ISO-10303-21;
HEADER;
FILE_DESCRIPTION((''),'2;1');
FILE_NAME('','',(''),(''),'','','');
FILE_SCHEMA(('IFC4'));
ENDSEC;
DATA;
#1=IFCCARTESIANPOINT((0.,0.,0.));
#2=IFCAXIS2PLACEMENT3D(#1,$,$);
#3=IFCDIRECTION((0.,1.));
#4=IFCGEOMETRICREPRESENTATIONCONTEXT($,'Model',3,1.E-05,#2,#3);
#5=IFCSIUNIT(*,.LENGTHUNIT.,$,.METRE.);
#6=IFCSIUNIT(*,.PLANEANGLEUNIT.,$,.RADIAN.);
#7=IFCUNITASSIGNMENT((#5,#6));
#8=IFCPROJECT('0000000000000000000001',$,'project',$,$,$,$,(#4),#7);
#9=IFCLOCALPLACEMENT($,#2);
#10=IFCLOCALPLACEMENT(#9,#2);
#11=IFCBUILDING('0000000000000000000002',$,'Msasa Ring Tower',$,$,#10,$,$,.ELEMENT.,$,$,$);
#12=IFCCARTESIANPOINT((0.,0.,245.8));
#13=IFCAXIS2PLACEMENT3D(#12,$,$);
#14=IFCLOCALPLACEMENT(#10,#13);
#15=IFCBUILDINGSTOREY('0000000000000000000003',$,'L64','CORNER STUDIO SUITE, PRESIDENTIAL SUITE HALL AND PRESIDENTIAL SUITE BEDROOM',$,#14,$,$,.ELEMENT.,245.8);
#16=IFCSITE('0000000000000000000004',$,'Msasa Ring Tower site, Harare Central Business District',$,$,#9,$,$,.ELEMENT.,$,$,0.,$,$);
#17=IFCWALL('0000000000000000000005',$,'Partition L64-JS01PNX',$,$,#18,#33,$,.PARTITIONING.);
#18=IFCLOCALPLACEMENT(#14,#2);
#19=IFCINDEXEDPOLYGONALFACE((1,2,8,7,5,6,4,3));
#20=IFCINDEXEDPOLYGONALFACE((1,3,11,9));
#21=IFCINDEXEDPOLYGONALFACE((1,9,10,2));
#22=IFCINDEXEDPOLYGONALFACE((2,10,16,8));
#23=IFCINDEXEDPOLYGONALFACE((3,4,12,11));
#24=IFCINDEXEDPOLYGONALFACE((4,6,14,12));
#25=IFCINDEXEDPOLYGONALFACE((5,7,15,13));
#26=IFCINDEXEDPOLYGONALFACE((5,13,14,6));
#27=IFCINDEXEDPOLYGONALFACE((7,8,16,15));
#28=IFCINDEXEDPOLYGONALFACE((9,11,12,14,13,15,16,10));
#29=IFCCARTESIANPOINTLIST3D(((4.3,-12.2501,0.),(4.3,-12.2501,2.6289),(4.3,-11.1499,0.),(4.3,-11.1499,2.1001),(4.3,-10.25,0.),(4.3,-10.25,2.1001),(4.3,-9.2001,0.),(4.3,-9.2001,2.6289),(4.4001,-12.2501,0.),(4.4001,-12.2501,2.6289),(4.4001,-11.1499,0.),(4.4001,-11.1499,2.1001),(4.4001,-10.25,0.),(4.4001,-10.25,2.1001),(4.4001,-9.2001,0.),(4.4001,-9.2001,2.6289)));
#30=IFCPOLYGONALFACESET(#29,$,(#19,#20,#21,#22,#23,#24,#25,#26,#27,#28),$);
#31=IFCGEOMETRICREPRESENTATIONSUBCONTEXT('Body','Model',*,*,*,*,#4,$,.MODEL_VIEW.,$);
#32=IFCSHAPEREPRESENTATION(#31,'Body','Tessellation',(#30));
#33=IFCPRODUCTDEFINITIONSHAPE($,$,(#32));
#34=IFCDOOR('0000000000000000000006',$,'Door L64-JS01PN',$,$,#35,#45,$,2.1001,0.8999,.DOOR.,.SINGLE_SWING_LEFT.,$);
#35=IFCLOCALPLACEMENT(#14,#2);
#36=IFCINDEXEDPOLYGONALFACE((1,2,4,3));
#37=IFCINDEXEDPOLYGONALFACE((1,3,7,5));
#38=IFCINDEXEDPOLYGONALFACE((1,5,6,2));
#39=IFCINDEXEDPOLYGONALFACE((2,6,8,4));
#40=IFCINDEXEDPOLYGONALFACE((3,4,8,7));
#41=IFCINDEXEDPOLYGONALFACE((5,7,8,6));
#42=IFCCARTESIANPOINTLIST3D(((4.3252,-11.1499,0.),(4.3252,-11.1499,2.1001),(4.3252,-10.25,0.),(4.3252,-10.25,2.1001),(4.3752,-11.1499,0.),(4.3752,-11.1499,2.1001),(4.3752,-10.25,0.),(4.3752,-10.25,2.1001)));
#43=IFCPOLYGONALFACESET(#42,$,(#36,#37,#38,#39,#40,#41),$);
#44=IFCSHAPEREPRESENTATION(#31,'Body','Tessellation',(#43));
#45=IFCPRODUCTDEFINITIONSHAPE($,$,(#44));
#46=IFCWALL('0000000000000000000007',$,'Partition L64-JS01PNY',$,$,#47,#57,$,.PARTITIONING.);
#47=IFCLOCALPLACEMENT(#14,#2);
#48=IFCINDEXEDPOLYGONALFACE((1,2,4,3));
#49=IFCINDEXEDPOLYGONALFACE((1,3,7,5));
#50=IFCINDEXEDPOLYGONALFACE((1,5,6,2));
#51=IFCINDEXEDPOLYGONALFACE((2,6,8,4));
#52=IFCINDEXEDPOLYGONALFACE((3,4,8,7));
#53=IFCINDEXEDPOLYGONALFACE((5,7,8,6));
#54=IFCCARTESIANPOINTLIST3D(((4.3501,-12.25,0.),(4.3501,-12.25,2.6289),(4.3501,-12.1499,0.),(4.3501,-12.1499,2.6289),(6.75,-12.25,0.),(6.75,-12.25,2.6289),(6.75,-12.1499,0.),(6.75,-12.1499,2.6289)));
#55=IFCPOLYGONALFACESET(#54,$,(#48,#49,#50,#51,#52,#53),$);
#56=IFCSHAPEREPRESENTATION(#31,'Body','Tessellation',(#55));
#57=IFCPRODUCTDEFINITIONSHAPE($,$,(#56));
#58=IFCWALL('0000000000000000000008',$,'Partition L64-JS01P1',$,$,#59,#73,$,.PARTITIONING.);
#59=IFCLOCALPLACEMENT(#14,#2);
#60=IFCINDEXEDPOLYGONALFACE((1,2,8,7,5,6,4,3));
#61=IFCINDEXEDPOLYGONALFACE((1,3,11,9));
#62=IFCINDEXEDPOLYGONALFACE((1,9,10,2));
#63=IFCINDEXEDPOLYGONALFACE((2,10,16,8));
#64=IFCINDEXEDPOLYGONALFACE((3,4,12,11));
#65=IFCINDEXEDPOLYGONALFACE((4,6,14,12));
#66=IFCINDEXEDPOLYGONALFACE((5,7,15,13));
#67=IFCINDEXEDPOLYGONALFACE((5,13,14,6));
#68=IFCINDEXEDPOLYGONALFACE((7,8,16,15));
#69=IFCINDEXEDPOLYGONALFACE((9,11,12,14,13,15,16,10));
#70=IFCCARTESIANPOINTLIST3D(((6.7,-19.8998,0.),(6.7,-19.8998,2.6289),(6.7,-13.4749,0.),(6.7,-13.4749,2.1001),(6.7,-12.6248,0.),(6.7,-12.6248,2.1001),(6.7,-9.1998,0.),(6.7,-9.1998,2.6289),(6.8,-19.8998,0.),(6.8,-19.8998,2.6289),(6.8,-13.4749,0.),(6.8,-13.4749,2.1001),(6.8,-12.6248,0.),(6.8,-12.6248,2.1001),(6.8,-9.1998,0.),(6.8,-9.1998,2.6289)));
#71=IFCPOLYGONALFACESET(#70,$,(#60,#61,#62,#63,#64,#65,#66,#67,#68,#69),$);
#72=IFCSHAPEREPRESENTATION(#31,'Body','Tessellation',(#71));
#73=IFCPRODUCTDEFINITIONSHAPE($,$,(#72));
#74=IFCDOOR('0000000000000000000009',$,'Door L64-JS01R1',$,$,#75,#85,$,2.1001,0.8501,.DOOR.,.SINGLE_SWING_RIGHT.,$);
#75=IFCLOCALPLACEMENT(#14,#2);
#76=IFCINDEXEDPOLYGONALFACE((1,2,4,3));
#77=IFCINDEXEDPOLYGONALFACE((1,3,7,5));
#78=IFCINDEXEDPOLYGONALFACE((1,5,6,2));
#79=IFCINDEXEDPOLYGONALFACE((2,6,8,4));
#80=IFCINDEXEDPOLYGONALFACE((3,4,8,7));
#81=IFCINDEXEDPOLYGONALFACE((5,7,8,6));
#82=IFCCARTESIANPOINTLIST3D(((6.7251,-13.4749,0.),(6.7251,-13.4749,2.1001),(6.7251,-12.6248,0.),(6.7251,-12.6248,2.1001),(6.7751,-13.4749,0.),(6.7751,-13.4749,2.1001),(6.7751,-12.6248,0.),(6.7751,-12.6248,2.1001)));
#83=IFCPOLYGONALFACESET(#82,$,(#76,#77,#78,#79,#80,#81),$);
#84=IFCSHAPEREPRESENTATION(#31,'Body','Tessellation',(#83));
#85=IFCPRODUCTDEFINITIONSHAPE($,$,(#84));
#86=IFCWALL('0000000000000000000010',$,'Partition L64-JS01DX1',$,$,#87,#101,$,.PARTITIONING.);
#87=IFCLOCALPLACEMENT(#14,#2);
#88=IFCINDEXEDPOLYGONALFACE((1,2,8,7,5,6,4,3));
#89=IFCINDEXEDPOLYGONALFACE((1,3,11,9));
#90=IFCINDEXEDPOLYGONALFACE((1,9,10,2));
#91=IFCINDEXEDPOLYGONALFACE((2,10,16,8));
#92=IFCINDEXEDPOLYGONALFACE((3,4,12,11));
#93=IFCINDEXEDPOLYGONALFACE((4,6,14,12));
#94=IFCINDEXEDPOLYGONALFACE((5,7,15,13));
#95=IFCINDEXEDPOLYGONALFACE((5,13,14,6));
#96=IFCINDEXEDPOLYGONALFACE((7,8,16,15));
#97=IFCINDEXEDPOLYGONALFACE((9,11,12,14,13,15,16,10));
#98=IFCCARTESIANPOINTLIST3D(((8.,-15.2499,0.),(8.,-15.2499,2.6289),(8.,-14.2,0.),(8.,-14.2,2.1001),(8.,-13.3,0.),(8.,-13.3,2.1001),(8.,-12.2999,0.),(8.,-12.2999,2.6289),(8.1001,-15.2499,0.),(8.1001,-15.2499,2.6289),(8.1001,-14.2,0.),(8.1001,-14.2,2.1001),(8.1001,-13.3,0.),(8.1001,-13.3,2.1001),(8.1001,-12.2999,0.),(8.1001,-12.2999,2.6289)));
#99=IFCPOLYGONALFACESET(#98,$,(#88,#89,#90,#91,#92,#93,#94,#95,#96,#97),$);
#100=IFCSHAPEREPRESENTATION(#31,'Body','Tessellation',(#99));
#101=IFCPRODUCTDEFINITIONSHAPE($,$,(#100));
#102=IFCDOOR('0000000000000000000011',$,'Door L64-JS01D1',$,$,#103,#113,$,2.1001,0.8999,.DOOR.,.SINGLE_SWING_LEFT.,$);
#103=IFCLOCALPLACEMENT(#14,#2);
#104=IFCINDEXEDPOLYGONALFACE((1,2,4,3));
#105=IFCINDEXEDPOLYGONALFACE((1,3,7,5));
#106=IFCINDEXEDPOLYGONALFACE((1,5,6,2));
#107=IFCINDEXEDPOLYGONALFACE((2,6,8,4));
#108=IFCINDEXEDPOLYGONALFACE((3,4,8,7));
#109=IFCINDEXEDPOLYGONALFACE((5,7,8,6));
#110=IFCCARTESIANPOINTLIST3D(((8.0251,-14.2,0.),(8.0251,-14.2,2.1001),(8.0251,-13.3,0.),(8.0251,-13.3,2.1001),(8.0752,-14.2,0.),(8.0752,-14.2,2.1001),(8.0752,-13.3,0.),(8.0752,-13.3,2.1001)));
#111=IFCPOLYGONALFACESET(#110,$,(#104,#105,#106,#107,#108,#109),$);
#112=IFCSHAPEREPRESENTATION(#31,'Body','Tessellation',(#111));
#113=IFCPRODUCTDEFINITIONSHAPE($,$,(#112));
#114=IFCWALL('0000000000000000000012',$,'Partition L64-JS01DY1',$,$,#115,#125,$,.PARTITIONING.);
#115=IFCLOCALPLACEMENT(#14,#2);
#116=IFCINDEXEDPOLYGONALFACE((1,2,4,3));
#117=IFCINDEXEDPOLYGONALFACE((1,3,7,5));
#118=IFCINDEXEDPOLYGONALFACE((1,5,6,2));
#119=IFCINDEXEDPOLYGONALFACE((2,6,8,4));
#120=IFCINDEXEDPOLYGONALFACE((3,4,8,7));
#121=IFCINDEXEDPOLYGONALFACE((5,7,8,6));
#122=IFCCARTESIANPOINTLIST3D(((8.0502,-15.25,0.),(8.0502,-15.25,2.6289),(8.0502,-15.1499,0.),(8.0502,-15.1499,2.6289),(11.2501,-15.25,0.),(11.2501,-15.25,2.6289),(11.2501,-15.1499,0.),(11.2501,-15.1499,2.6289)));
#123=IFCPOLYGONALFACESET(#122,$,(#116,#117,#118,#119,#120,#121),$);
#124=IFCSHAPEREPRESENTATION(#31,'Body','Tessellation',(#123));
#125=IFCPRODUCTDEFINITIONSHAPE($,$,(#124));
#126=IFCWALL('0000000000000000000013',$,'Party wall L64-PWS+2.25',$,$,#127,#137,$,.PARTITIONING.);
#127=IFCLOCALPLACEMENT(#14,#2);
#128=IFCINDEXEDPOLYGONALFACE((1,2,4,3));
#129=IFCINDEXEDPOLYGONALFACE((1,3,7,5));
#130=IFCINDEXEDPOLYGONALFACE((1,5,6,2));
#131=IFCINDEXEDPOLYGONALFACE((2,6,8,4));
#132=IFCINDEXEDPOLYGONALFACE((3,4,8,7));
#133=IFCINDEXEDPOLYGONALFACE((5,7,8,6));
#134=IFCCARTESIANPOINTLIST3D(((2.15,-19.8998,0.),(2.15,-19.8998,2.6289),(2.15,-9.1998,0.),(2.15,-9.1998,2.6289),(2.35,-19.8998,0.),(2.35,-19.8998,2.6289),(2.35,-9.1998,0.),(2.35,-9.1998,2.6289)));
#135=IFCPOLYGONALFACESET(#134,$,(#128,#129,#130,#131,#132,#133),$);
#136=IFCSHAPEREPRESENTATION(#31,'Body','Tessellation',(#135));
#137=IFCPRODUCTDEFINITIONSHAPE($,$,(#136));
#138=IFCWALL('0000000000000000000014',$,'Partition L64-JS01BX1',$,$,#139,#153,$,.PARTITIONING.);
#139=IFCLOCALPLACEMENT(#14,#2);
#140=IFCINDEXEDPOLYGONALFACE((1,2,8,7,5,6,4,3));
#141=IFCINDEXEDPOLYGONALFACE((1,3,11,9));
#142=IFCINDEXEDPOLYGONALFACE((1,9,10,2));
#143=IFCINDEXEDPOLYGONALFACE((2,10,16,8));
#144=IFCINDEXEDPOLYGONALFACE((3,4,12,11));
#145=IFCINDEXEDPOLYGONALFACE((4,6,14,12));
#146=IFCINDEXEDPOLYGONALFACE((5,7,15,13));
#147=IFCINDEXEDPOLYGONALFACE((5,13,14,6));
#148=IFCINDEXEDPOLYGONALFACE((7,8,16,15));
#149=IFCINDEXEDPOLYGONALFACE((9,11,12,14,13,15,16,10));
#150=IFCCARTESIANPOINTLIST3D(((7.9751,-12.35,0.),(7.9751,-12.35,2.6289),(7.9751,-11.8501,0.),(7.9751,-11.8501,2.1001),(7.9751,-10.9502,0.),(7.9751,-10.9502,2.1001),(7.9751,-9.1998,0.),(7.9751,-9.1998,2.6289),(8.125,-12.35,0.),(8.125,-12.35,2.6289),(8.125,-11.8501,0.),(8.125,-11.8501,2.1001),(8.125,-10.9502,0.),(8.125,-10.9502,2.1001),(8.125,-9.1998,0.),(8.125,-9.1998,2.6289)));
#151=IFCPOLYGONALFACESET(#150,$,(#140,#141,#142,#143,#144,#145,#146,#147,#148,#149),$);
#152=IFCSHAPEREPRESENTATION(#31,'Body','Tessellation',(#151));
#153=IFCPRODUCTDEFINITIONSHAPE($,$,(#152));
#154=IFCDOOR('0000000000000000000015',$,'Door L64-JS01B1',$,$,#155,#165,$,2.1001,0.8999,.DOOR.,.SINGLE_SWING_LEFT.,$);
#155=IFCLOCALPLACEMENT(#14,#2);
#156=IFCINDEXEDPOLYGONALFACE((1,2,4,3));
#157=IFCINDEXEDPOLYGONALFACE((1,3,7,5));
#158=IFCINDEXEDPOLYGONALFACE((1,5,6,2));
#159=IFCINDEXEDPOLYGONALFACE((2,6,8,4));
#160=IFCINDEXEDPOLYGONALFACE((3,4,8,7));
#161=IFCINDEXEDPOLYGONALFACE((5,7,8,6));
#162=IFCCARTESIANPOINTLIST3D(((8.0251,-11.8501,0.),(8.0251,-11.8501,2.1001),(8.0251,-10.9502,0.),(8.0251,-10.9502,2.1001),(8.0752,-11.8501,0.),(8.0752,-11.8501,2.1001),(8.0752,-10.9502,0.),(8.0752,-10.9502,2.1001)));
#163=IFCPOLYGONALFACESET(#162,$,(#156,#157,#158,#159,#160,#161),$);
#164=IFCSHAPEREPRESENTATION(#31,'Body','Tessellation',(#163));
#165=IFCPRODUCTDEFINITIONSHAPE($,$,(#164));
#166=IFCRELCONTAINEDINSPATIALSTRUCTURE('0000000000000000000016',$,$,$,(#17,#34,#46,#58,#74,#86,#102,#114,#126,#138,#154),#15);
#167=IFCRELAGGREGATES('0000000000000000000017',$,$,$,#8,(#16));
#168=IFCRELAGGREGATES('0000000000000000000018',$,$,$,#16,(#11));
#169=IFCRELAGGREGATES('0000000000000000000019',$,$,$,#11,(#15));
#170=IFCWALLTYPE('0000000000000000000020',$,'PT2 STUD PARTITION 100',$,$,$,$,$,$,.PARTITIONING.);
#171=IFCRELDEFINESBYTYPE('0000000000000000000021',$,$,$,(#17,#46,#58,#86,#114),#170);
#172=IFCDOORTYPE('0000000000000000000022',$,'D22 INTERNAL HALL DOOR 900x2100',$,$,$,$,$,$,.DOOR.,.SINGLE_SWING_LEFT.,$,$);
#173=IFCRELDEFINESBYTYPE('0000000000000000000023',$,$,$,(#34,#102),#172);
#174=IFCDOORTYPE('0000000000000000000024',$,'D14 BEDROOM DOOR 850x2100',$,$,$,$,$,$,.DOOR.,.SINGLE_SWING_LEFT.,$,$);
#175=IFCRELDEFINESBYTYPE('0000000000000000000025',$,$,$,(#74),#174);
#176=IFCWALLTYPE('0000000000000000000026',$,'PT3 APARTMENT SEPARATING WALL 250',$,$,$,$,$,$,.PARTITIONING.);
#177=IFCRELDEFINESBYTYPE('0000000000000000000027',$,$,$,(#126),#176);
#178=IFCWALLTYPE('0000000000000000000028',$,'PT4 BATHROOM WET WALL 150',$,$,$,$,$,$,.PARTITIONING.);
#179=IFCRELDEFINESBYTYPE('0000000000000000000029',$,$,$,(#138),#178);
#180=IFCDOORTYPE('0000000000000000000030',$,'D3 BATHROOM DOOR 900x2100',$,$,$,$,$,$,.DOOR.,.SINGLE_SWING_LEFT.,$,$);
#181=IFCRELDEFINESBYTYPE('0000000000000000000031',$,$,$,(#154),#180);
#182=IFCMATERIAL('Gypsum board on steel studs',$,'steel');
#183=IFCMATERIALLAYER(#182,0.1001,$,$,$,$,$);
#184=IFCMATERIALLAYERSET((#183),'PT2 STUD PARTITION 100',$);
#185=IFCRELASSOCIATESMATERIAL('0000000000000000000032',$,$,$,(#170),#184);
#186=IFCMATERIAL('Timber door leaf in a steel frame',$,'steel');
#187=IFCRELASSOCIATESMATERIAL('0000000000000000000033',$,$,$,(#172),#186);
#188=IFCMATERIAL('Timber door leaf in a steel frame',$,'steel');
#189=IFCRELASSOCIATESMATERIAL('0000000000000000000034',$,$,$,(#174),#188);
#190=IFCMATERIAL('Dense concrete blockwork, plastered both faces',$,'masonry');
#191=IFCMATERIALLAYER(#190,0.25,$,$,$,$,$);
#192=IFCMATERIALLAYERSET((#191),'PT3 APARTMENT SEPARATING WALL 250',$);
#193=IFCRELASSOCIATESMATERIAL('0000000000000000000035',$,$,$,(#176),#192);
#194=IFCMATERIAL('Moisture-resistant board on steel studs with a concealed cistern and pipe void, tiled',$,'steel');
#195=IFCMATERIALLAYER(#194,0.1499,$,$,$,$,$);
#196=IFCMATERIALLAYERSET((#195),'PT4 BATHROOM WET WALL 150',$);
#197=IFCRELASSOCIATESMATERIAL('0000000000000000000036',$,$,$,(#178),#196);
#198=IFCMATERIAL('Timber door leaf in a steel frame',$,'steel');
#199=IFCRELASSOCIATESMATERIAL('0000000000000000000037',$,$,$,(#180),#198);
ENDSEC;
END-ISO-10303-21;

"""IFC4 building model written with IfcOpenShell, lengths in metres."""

from ifc_helpers import new_model, si_unit, direction, frame, frame_2d, origin, place, context, subcontext, project, spatial, rectangle, extrude, material, layer, layer_set, type_object, element, fill, save


model = new_model("IFC4")

# Units and contexts
model_context = context("Model", 3, precision=1e-05, world=origin(), true_north=direction((0.0, 1.0)))
body_context = subcontext(model_context, "Body", "Model", "MODEL_VIEW")
ifc_project = project(units=[si_unit("LENGTHUNIT", "METRE"), si_unit("PLANEANGLEUNIT", "RADIAN")], contexts=[model_context])

# Site, building, storey
site_placement = place(None, origin())
site = spatial("IfcSite", under=ifc_project, at=site_placement, Name="Msasa Ring Tower site, Harare Central Business District", CompositionType="ELEMENT", RefElevation=0.0)
building_placement = place(site_placement, origin())
building = spatial("IfcBuilding", under=site, at=building_placement, Name="Msasa Ring Tower", CompositionType="ELEMENT")
storey_placement = place(building_placement, frame((0.0, 0.0, 245.8)))
storey = spatial("IfcBuildingStorey", under=building, at=storey_placement, Name="L64", Description="CORNER STUDIO SUITE, PRESIDENTIAL SUITE HALL AND PRESIDENTIAL SUITE BEDROOM", CompositionType="ELEMENT", Elevation=245.8)

# Wall, opening, door
ifc_material_1 = material(Name="Gypsum board on steel studs", Category="steel")
ifc_layer_1 = layer(ifc_material_1, 0.1001)
ifc_layer_set_1 = layer_set([ifc_layer_1], Name="PT2 STUD PARTITION 100")
wall_type_1 = type_object("IfcWallType", Name="PT2 STUD PARTITION 100", PredefinedType="PARTITIONING", material=ifc_layer_set_1)
wall_1_placement = place(storey_placement, frame((4.3501, -12.25, 0.0), z_axis=(0.0, 0.0, 1.0), x_axis=(0.0, 1.0, 0.0)))
wall_1 = element("IfcWall", 1, at=wall_1_placement, inside=storey, type_object=wall_type_1, Name="Partition L64-JS01PNX", PredefinedType="PARTITIONING", context=body_context, shape_type="SweptSolid", body=[
    extrude(rectangle(XDim=3.05, YDim=0.1001, at=frame_2d((1.5249, 0.0))), origin(), (0.0, 0.0, 1.0), 2.6289),
])
opening_1_placement = place(wall_1_placement, frame((1.1001, 0.0, 0.0)))
opening_1 = element("IfcOpeningElement", 2, at=opening_1_placement, cuts=wall_1, PredefinedType="OPENING", context=body_context, shape_type="SweptSolid", body=[
    extrude(rectangle(XDim=0.8999, YDim=2.1001, at=frame_2d((0.45, 1.05))), frame((0.0, 0.0601, 0.0), z_axis=(0.0, -1.0, 0.0), x_axis=(1.0, 0.0, 0.0)), (0.0, 0.0, 1.0), 0.1201),
])
ifc_material_2 = material(Name="Timber door leaf in a steel frame", Category="steel")
door_type_1 = type_object("IfcDoorType", Name="D22 INTERNAL HALL DOOR 900x2100", OperationType="SINGLE_SWING_LEFT", PredefinedType="DOOR", material=ifc_material_2)
door_1_placement = place(opening_1_placement, origin())
door_1 = element("IfcDoor", 3, at=door_1_placement, inside=storey, type_object=door_type_1, Name="Door L64-JS01PN", OperationType="SINGLE_SWING_LEFT", OverallHeight=2.1001, OverallWidth=0.8999, PredefinedType="DOOR", context=body_context, shape_type="SweptSolid", body=[
    extrude(rectangle(XDim=0.8999, YDim=2.1001, at=frame_2d((0.45, 1.05))), frame((0.0, 0.0249, 0.0), z_axis=(0.0, -1.0, 0.0), x_axis=(1.0, 0.0, 0.0)), (0.0, 0.0, 1.0), 0.05),
])
fill(opening_1, door_1)

# Wall
wall_2_placement = place(storey_placement, frame((4.3501, -12.2, 0.0), z_axis=(0.0, 0.0, 1.0), x_axis=(1.0, 0.0, 0.0)))
element("IfcWall", 4, at=wall_2_placement, inside=storey, type_object=wall_type_1, Name="Partition L64-JS01PNY", PredefinedType="PARTITIONING", context=body_context, shape_type="SweptSolid", body=[
    extrude(rectangle(XDim=2.3999, YDim=0.1001, at=frame_2d((1.2, 0.0))), origin(), (0.0, 0.0, 1.0), 2.6289),
])

# Walls, openings, doors
wall_3_placement = place(storey_placement, frame((6.75, -19.8999, 0.0), z_axis=(0.0, 0.0, 1.0), x_axis=(0.0, 1.0, 0.0)))
wall_3 = element("IfcWall", 5, at=wall_3_placement, inside=storey, type_object=wall_type_1, Name="Partition L64-JS01P1", PredefinedType="PARTITIONING", context=body_context, shape_type="SweptSolid", body=[
    extrude(rectangle(XDim=10.7, YDim=0.1001, at=frame_2d((5.3501, 0.0))), origin(), (0.0, 0.0, 1.0), 2.6289),
])
opening_2_placement = place(wall_3_placement, frame((6.425, 0.0, 0.0)))
opening_2 = element("IfcOpeningElement", 6, at=opening_2_placement, cuts=wall_3, PredefinedType="OPENING", context=body_context, shape_type="SweptSolid", body=[
    extrude(rectangle(XDim=0.8501, YDim=2.1001, at=frame_2d((0.425, 1.05))), frame((0.0, 0.0601, 0.0), z_axis=(0.0, -1.0, 0.0), x_axis=(1.0, 0.0, 0.0)), (0.0, 0.0, 1.0), 0.1201),
])
ifc_material_3 = material(Name="Timber door leaf in a steel frame", Category="steel")
door_type_2 = type_object("IfcDoorType", Name="D14 BEDROOM DOOR 850x2100", OperationType="SINGLE_SWING_LEFT", PredefinedType="DOOR", material=ifc_material_3)
door_2_placement = place(opening_2_placement, origin())
door_2 = element("IfcDoor", 7, at=door_2_placement, inside=storey, type_object=door_type_2, Name="Door L64-JS01R1", OperationType="SINGLE_SWING_RIGHT", OverallHeight=2.1001, OverallWidth=0.8501, PredefinedType="DOOR", context=body_context, shape_type="SweptSolid", body=[
    extrude(rectangle(XDim=0.8501, YDim=2.1001, at=frame_2d((0.425, 1.05))), frame((0.0, 0.0249, 0.0), z_axis=(0.0, -1.0, 0.0), x_axis=(1.0, 0.0, 0.0)), (0.0, 0.0, 1.0), 0.05),
])
fill(opening_2, door_2)
wall_4_placement = place(storey_placement, frame((8.05, -15.25, 0.0), z_axis=(0.0, 0.0, 1.0), x_axis=(0.0, 1.0, 0.0)))
wall_4 = element("IfcWall", 8, at=wall_4_placement, inside=storey, type_object=wall_type_1, Name="Partition L64-JS01DX1", PredefinedType="PARTITIONING", context=body_context, shape_type="SweptSolid", body=[
    extrude(rectangle(XDim=2.95, YDim=0.1001, at=frame_2d((1.4751, 0.0))), origin(), (0.0, 0.0, 1.0), 2.6289),
])
opening_3_placement = place(wall_4_placement, frame((1.05, 0.0, 0.0)))
opening_3 = element("IfcOpeningElement", 9, at=opening_3_placement, cuts=wall_4, PredefinedType="OPENING", context=body_context, shape_type="SweptSolid", body=[
    extrude(rectangle(XDim=0.8999, YDim=2.1001, at=frame_2d((0.45, 1.05))), frame((0.0, 0.0601, 0.0), z_axis=(0.0, -1.0, 0.0), x_axis=(1.0, 0.0, 0.0)), (0.0, 0.0, 1.0), 0.1201),
])
door_3_placement = place(opening_3_placement, origin())
door_3 = element("IfcDoor", 10, at=door_3_placement, inside=storey, type_object=door_type_1, Name="Door L64-JS01D1", OperationType="SINGLE_SWING_LEFT", OverallHeight=2.1001, OverallWidth=0.8999, PredefinedType="DOOR", context=body_context, shape_type="SweptSolid", body=[
    extrude(rectangle(XDim=0.8999, YDim=2.1001, at=frame_2d((0.45, 1.05))), frame((0.0, 0.0249, 0.0), z_axis=(0.0, -1.0, 0.0), x_axis=(1.0, 0.0, 0.0)), (0.0, 0.0, 1.0), 0.05),
])
fill(opening_3, door_3)

# Walls
wall_5_placement = place(storey_placement, frame((8.05, -15.2, 0.0), z_axis=(0.0, 0.0, 1.0), x_axis=(1.0, 0.0, 0.0)))
element("IfcWall", 11, at=wall_5_placement, inside=storey, type_object=wall_type_1, Name="Partition L64-JS01DY1", PredefinedType="PARTITIONING", context=body_context, shape_type="SweptSolid", body=[
    extrude(rectangle(XDim=3.2, YDim=0.1001, at=frame_2d((1.6001, 0.0))), origin(), (0.0, 0.0, 1.0), 2.6289),
])
ifc_material_4 = material(Name="Dense concrete blockwork, plastered both faces", Category="masonry")
ifc_layer_2 = layer(ifc_material_4, 0.25)
ifc_layer_set_2 = layer_set([ifc_layer_2], Name="PT3 APARTMENT SEPARATING WALL 250")
wall_type_2 = type_object("IfcWallType", Name="PT3 APARTMENT SEPARATING WALL 250", PredefinedType="PARTITIONING", material=ifc_layer_set_2)
wall_6_placement = place(storey_placement, frame((2.25, -19.8999, 0.0), z_axis=(0.0, 0.0, 1.0), x_axis=(0.0, 1.0, 0.0)))
element("IfcWall", 12, at=wall_6_placement, inside=storey, type_object=wall_type_2, Name="Party wall L64-PWS+2.25", PredefinedType="PARTITIONING", context=body_context, shape_type="SweptSolid", body=[
    extrude(rectangle(XDim=10.7, YDim=0.2, at=frame_2d((5.3501, 0.0))), origin(), (0.0, 0.0, 1.0), 2.6289),
])

# Wall, opening, door
ifc_material_5 = material(Name="Moisture-resistant board on steel studs with a concealed cistern and pipe void, tiled", Category="steel")
ifc_layer_3 = layer(ifc_material_5, 0.1499)
ifc_layer_set_3 = layer_set([ifc_layer_3], Name="PT4 BATHROOM WET WALL 150")
wall_type_3 = type_object("IfcWallType", Name="PT4 BATHROOM WET WALL 150", PredefinedType="PARTITIONING", material=ifc_layer_set_3)
wall_7_placement = place(storey_placement, frame((8.05, -12.3501, 0.0), z_axis=(0.0, 0.0, 1.0), x_axis=(0.0, 1.0, 0.0)))
wall_7 = element("IfcWall", 13, at=wall_7_placement, inside=storey, type_object=wall_type_3, Name="Partition L64-JS01BX1", PredefinedType="PARTITIONING", context=body_context, shape_type="SweptSolid", body=[
    extrude(rectangle(XDim=3.1501, YDim=0.1499, at=frame_2d((1.5752, 0.0))), origin(), (0.0, 0.0, 1.0), 2.6289),
])
opening_4_placement = place(wall_7_placement, frame((0.5, 0.0, 0.0)))
opening_4 = element("IfcOpeningElement", 14, at=opening_4_placement, cuts=wall_7, PredefinedType="OPENING", context=body_context, shape_type="SweptSolid", body=[
    extrude(rectangle(XDim=0.8999, YDim=2.1001, at=frame_2d((0.45, 1.05))), frame((0.0, 0.085, 0.0), z_axis=(0.0, -1.0, 0.0), x_axis=(1.0, 0.0, 0.0)), (0.0, 0.0, 1.0), 0.1699),
])
ifc_material_6 = material(Name="Timber door leaf in a steel frame", Category="steel")
door_type_3 = type_object("IfcDoorType", Name="D3 BATHROOM DOOR 900x2100", OperationType="SINGLE_SWING_LEFT", PredefinedType="DOOR", material=ifc_material_6)
door_4_placement = place(opening_4_placement, origin())
door_4 = element("IfcDoor", 15, at=door_4_placement, inside=storey, type_object=door_type_3, Name="Door L64-JS01B1", OperationType="SINGLE_SWING_LEFT", OverallHeight=2.1001, OverallWidth=0.8999, PredefinedType="DOOR", context=body_context, shape_type="SweptSolid", body=[
    extrude(rectangle(XDim=0.8999, YDim=2.1001, at=frame_2d((0.45, 1.05))), frame((0.0, 0.0249, 0.0), z_axis=(0.0, -1.0, 0.0), x_axis=(1.0, 0.0, 0.0)), (0.0, 0.0, 1.0), 0.05),
])
fill(opening_4, door_4)

save(model, "model.ifc")
